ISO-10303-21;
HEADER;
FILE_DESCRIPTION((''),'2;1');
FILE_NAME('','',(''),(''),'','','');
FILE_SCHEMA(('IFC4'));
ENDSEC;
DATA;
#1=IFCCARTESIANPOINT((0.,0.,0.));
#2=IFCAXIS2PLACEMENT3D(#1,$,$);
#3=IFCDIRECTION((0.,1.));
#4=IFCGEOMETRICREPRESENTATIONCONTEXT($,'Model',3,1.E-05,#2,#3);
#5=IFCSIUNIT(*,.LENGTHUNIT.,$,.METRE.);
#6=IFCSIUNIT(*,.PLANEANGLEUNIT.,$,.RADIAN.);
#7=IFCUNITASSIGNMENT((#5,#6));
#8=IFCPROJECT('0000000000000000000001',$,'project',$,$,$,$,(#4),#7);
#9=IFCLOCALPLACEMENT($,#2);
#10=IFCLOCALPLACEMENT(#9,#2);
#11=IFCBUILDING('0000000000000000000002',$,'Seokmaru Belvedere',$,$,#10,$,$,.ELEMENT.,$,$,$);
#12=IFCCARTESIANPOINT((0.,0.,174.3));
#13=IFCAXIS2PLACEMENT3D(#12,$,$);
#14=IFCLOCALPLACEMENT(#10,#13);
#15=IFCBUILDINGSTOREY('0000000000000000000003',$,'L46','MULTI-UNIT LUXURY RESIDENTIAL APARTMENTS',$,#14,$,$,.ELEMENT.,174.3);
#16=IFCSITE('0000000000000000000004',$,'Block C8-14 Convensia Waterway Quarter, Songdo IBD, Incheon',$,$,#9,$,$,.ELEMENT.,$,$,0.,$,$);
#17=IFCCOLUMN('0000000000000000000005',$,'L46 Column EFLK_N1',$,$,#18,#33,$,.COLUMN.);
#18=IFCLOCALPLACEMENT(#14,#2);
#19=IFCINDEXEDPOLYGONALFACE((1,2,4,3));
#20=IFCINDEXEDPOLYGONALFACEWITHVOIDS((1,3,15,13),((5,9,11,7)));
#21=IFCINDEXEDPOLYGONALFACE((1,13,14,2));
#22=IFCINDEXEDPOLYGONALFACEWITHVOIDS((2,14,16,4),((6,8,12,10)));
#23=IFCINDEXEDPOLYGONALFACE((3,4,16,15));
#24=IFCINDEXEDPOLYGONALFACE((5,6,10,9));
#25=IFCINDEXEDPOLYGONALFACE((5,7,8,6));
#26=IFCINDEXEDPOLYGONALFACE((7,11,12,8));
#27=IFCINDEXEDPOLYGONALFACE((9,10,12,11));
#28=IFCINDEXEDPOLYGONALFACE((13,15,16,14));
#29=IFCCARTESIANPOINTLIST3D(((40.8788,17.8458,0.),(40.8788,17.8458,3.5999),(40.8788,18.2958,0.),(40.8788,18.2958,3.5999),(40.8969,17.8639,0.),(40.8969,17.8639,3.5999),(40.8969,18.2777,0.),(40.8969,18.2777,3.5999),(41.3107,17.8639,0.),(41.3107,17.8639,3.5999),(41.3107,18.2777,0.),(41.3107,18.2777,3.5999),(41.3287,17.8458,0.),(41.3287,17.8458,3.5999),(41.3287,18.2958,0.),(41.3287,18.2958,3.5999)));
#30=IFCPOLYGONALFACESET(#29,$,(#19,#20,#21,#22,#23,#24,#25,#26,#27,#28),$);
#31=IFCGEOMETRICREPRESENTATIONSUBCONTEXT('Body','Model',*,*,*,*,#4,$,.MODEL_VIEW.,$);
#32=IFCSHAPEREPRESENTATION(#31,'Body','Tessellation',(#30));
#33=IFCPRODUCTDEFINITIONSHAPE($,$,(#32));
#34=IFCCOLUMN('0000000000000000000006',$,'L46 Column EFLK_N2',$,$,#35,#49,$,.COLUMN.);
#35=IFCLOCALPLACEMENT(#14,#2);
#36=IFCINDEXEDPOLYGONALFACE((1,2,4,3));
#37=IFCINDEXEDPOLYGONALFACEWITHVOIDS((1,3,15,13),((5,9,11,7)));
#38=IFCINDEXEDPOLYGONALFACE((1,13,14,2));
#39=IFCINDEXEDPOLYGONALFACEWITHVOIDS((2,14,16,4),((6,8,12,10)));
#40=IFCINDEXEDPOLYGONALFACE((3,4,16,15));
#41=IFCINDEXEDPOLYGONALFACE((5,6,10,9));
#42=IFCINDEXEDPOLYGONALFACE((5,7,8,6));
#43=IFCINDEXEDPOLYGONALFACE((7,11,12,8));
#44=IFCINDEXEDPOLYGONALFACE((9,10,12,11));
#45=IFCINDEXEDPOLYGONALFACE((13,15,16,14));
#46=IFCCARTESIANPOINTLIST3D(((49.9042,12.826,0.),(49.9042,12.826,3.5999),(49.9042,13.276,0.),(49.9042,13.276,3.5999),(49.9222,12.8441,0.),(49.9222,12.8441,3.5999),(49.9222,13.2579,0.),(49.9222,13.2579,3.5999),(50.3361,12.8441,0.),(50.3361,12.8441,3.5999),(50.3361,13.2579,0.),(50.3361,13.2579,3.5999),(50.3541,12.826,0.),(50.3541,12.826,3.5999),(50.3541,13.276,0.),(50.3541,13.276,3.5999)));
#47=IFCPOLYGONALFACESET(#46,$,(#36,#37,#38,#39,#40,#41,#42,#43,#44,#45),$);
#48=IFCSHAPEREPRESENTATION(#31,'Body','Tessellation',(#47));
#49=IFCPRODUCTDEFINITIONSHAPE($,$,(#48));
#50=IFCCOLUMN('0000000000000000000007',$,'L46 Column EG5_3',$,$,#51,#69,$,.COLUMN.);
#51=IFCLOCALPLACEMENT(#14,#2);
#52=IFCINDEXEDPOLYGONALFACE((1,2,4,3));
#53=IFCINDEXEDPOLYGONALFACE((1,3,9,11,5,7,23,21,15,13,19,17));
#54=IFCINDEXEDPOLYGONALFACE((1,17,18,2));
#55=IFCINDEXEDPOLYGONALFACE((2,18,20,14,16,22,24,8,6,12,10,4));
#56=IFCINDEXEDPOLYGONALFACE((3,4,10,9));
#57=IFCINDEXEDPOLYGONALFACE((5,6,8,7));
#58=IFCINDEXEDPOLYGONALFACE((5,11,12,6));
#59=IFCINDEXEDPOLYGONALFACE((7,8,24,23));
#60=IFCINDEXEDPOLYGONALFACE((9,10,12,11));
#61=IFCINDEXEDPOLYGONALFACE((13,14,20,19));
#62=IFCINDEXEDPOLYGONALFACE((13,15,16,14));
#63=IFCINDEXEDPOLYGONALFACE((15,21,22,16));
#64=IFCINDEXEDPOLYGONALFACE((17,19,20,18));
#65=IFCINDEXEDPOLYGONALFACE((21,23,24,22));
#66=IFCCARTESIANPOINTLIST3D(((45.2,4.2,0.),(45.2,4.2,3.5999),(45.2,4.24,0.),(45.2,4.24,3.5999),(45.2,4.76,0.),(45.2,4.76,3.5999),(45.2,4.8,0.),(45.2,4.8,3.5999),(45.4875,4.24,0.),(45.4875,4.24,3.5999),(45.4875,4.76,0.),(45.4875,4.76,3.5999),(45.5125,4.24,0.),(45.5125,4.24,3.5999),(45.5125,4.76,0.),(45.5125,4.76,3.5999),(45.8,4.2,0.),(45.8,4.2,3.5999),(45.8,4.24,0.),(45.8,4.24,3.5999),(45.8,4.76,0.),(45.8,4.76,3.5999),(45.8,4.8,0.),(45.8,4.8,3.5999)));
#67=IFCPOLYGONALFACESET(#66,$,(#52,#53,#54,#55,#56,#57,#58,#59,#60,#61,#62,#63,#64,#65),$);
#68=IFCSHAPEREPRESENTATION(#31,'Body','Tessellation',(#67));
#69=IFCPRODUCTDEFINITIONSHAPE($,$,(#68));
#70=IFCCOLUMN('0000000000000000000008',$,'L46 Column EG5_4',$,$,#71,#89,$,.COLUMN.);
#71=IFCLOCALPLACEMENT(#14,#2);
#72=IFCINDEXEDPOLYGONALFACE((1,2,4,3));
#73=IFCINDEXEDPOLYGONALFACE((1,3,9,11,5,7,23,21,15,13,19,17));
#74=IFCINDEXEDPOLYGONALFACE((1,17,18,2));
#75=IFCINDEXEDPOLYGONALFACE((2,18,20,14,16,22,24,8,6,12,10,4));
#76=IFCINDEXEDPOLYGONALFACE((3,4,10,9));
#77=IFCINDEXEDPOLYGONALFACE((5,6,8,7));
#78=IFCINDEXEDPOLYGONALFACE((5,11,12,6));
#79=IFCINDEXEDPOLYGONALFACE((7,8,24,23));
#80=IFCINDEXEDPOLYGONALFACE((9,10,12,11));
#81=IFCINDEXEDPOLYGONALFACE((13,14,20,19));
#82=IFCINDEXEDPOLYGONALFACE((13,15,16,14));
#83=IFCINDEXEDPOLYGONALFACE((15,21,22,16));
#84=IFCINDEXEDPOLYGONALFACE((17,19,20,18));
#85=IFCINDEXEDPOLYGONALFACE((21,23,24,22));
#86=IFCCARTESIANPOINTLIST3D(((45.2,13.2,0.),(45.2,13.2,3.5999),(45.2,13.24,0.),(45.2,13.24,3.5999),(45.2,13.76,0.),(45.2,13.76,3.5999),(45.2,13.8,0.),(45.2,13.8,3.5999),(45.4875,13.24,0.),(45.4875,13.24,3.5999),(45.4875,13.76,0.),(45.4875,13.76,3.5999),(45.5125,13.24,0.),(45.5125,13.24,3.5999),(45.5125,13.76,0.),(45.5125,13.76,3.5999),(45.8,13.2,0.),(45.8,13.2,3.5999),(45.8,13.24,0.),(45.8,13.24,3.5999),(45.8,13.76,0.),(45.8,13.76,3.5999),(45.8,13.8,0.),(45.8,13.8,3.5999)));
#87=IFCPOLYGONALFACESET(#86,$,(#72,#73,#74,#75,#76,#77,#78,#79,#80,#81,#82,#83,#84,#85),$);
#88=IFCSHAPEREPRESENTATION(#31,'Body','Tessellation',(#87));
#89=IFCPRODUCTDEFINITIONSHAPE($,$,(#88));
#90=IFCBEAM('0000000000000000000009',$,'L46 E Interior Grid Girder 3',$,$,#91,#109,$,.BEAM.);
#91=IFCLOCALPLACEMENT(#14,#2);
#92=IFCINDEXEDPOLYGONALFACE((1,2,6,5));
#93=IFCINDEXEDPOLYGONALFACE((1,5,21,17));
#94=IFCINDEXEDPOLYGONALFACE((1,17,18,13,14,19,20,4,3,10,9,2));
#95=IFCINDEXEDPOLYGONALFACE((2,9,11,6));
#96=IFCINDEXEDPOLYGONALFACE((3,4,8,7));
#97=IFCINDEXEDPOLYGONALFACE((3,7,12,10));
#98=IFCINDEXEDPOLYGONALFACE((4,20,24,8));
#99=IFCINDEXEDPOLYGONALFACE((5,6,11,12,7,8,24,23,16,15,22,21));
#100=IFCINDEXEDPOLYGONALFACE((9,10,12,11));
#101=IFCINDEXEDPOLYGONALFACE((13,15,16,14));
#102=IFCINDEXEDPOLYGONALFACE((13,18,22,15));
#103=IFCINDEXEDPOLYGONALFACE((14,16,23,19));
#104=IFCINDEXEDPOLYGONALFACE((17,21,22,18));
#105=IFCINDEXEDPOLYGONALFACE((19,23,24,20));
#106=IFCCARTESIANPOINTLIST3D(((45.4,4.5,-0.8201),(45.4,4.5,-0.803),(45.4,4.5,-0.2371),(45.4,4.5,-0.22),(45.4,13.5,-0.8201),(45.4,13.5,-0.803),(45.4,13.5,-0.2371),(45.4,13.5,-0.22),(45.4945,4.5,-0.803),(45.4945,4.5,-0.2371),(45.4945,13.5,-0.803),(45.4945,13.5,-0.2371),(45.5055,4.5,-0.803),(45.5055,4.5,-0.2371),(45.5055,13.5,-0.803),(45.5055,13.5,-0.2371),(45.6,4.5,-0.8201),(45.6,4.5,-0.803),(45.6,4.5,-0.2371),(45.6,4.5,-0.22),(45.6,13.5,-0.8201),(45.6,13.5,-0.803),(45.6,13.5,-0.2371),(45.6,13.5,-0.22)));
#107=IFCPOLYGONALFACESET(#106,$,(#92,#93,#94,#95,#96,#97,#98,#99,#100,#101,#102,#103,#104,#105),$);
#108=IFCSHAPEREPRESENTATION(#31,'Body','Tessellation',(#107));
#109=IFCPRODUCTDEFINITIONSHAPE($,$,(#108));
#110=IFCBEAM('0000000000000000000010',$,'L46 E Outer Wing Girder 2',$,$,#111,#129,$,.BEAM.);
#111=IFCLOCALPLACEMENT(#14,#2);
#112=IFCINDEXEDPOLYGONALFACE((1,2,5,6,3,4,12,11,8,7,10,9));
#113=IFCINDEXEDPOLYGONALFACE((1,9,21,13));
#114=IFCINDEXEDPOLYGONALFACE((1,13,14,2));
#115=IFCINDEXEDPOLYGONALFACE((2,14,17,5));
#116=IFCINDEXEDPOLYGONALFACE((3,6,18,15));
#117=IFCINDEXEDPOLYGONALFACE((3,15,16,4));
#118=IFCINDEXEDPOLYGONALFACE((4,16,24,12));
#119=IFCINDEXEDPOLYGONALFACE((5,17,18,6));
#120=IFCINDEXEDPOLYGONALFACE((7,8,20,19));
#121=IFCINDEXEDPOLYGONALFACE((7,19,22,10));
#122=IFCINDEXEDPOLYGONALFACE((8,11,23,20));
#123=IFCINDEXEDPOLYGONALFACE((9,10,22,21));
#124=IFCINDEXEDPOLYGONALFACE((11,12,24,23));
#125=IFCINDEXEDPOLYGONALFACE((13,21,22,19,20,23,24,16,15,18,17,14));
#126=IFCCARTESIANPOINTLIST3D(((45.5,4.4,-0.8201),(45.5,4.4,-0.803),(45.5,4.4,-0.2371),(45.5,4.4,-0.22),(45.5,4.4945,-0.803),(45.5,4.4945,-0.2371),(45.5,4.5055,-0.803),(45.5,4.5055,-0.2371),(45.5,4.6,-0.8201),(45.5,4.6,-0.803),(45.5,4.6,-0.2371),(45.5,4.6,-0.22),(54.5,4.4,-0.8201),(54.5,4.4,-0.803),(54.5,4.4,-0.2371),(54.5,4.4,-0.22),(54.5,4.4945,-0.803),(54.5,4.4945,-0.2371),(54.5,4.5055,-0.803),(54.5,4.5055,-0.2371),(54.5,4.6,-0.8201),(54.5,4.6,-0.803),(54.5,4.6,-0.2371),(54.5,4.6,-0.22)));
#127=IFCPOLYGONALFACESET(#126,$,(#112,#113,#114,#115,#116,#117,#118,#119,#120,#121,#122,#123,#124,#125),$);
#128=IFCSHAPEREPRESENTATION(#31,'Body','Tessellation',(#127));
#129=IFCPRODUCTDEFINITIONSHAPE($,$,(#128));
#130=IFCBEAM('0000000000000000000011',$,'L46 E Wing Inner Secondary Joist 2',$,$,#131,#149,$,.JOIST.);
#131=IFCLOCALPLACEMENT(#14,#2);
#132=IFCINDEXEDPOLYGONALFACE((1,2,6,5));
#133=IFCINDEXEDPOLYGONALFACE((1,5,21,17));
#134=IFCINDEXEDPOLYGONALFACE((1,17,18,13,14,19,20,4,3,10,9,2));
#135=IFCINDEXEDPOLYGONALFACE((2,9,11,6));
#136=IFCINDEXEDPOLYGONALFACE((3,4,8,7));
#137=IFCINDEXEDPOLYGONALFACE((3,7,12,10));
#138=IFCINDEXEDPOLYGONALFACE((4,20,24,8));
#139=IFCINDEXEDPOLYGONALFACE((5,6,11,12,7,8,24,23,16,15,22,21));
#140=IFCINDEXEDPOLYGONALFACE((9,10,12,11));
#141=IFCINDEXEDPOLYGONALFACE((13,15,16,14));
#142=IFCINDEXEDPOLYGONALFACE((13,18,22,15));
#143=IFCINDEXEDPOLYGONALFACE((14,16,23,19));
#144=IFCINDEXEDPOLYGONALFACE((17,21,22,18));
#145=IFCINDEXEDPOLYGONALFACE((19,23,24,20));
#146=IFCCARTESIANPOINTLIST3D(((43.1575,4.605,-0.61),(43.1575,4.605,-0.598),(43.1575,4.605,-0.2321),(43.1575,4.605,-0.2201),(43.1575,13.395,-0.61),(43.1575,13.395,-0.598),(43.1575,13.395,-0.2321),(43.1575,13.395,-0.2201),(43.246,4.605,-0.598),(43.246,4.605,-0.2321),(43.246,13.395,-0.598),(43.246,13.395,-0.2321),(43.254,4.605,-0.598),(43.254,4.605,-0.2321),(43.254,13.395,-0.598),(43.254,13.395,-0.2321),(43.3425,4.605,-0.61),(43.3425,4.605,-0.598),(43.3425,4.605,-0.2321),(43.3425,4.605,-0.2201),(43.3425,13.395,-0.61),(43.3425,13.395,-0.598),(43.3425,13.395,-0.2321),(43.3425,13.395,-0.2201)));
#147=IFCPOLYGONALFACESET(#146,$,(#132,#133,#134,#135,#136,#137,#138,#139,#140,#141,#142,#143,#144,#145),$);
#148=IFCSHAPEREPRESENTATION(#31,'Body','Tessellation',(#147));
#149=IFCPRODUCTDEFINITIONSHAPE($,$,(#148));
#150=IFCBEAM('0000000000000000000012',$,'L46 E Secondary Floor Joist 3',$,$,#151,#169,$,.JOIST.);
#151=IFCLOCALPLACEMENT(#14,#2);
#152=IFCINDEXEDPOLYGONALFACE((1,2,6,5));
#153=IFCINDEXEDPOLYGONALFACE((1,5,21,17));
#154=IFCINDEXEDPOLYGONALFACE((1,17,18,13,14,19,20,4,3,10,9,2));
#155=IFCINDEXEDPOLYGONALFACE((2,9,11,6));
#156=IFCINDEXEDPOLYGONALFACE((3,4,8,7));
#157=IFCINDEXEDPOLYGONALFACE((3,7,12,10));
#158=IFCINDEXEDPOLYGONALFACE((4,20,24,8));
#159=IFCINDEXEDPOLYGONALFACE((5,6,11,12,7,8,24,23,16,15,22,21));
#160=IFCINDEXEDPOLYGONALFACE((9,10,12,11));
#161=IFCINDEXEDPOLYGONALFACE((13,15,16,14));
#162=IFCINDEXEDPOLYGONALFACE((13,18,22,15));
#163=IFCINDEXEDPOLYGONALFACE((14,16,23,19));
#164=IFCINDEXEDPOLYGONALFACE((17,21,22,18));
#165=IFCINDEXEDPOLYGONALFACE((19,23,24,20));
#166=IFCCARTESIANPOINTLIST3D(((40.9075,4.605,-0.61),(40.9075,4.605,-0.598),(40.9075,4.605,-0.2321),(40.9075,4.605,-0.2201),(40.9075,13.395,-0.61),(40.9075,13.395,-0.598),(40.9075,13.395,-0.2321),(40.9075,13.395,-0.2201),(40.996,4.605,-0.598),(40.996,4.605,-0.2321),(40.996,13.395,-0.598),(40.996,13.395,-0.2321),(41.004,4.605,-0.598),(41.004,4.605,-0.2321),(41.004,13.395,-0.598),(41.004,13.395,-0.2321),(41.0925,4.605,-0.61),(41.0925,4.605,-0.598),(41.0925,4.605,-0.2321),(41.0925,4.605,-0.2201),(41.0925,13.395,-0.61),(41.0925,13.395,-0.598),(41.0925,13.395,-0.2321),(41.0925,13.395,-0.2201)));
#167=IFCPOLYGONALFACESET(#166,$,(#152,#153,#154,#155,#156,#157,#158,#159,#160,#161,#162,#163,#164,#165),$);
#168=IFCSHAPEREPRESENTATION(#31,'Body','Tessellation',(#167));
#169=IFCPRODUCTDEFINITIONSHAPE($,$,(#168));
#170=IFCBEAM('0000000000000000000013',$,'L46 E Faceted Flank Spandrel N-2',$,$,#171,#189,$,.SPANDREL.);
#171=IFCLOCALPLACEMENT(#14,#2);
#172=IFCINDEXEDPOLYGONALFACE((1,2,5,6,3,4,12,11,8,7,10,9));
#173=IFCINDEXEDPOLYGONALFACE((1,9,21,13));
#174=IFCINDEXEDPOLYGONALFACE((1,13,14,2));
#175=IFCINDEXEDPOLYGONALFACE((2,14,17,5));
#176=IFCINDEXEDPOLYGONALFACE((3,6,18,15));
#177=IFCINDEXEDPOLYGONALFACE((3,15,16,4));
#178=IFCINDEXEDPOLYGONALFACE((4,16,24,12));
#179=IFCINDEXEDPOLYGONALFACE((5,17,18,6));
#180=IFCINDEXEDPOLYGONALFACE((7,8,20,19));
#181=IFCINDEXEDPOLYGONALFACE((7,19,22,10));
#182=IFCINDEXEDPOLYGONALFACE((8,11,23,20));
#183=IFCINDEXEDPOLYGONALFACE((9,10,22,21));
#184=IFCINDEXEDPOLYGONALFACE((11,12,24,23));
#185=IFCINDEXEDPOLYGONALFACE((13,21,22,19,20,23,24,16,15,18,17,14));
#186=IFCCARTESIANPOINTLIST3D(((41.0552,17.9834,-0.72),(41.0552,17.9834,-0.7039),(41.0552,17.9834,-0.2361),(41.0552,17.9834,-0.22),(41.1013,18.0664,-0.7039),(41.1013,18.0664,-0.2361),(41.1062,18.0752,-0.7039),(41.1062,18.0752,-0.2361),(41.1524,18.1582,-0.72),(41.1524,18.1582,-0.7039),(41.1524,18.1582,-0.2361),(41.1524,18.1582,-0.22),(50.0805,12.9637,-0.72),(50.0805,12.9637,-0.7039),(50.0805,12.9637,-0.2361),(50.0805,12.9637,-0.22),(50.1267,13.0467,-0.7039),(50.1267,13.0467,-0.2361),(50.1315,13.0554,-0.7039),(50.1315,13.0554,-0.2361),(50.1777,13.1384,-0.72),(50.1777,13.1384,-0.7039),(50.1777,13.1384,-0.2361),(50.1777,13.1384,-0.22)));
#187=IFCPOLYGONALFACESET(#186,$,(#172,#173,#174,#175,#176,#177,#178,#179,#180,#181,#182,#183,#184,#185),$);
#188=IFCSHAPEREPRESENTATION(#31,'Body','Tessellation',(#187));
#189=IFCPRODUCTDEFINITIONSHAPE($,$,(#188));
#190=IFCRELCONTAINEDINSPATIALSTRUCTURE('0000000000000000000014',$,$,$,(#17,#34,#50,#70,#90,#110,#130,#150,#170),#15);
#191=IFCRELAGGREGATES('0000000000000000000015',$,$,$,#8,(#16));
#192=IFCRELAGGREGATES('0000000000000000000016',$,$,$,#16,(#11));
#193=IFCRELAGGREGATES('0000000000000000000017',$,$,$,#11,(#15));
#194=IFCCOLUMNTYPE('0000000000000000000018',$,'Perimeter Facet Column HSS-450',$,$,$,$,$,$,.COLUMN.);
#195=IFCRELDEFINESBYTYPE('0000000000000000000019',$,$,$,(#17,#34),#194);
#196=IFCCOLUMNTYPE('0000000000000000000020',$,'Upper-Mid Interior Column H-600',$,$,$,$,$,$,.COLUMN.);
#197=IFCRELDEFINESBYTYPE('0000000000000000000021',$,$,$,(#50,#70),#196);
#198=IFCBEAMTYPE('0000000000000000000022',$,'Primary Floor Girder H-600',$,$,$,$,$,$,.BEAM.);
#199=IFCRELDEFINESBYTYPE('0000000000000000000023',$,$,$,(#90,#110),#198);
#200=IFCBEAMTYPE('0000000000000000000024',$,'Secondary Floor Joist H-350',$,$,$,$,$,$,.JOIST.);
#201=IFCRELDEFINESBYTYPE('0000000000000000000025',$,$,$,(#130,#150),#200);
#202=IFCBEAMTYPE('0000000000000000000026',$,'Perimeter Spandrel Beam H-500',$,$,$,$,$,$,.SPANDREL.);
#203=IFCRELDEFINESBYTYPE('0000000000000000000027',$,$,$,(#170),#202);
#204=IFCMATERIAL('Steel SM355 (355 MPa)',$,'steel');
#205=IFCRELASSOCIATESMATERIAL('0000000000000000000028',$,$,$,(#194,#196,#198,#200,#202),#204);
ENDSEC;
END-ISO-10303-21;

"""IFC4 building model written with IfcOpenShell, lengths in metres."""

from ifc_helpers import new_model, si_unit, direction, frame, origin, origin_2d, place, context, subcontext, project, spatial, hollow_rectangle, i_section, extrude, source, transform, mapped, material, material_profile, profile_set, type_object, type_shapes, element, save


model = new_model("IFC4")

# Units and contexts
model_context = context("Model", 3, precision=1e-05, world=origin(), true_north=direction((0.0, 1.0)))
body_context = subcontext(model_context, "Body", "Model", "MODEL_VIEW")
ifc_project = project(units=[si_unit("LENGTHUNIT", "METRE"), si_unit("PLANEANGLEUNIT", "RADIAN")], contexts=[model_context])

# Site, building, storey
site_placement = place(None, origin())
site = spatial("IfcSite", under=ifc_project, at=site_placement, Name="Block C8-14 Convensia Waterway Quarter, Songdo IBD, Incheon", CompositionType="ELEMENT", RefElevation=0.0)
building_placement = place(site_placement, origin())
building = spatial("IfcBuilding", under=site, at=building_placement, Name="Seokmaru Belvedere", CompositionType="ELEMENT")
storey_placement = place(building_placement, frame((0.0, 0.0, 174.3)))
storey = spatial("IfcBuildingStorey", under=building, at=storey_placement, Name="L46", Description="MULTI-UNIT LUXURY RESIDENTIAL APARTMENTS", CompositionType="ELEMENT", Elevation=174.3)

# Columns
ifc_material_1 = material(Name="Steel SM355 (355 MPa)", Category="steel")
ifc_material_profile_1 = material_profile(ifc_material_1, hollow_rectangle(XDim=0.45, YDim=0.45, WallThickness=0.0181, at=origin_2d()), Name="HSS-450x450x18")
ifc_profile_set_1 = profile_set([ifc_material_profile_1], Name="Steel SM355 (355 MPa)")
column_type_1 = type_object("IfcColumnType", Name="Perimeter Facet Column HSS-450", PredefinedType="COLUMN", material=ifc_profile_set_1)
shared_shape_1 = source(origin(), body_context, "Body", "SweptSolid", [
    extrude(hollow_rectangle(XDim=0.45, YDim=0.45, WallThickness=0.0181, at=origin_2d()), origin(), (0.0, 0.0, 1.0), 3.5999),
])
type_shapes(column_type_1, [shared_shape_1])
for number, where, z_axis, x_axis, name in (
    (1, (41.1038, 18.0708, 0.0), (0.0, 0.0, 1.0), (1.0, 0.0, 0.0), "L46 Column EFLK_N1"),
    (2, (50.1292, 13.051, 0.0), (0.0, 0.0, 1.0), (1.0, 0.0, 0.0), "L46 Column EFLK_N2"),
):
    element("IfcColumn", number, at=place(storey_placement, frame(where, z_axis=z_axis, x_axis=x_axis)), inside=storey, type_object=column_type_1, Name=name, PredefinedType="COLUMN", context=body_context, shape_type="MappedRepresentation", body=[
        mapped(shared_shape_1, transform((0.0, 0.0, 0.0), scale=1.0)),
    ])
ifc_material_profile_2 = material_profile(ifc_material_1, i_section(OverallWidth=0.6001, OverallDepth=0.6001, WebThickness=0.0249, FlangeThickness=0.04, at=origin_2d()), Name="H-600x600x25x40")
ifc_profile_set_2 = profile_set([ifc_material_profile_2], Name="Steel SM355 (355 MPa)")
column_type_2 = type_object("IfcColumnType", Name="Upper-Mid Interior Column H-600", PredefinedType="COLUMN", material=ifc_profile_set_2)
shared_shape_2 = source(origin(), body_context, "Body", "SweptSolid", [
    extrude(i_section(OverallWidth=0.6001, OverallDepth=0.6001, WebThickness=0.0249, FlangeThickness=0.04, at=origin_2d()), origin(), (0.0, 0.0, 1.0), 3.5999),
])
type_shapes(column_type_2, [shared_shape_2])
for number, where, z_axis, x_axis, name in (
    (3, (45.5, 4.5, 0.0), (0.0, 0.0, 1.0), (1.0, 0.0, 0.0), "L46 Column EG5_3"),
    (4, (45.5, 13.5, 0.0), (0.0, 0.0, 1.0), (1.0, 0.0, 0.0), "L46 Column EG5_4"),
):
    element("IfcColumn", number, at=place(storey_placement, frame(where, z_axis=z_axis, x_axis=x_axis)), inside=storey, type_object=column_type_2, Name=name, PredefinedType="COLUMN", context=body_context, shape_type="MappedRepresentation", body=[
        mapped(shared_shape_2, transform((0.0, 0.0, 0.0), scale=1.0)),
    ])

# Beams
ifc_material_profile_3 = material_profile(ifc_material_1, i_section(OverallWidth=0.2, OverallDepth=0.6001, WebThickness=0.011, FlangeThickness=0.0171, at=origin_2d()), Name="H-600x200x11x17")
ifc_profile_set_3 = profile_set([ifc_material_profile_3], Name="Steel SM355 (355 MPa)")
beam_type_1 = type_object("IfcBeamType", Name="Primary Floor Girder H-600", PredefinedType="BEAM", material=ifc_profile_set_3)
shared_shape_3 = source(origin(), body_context, "Body", "SweptSolid", [
    extrude(i_section(OverallWidth=0.2, OverallDepth=0.6001, WebThickness=0.011, FlangeThickness=0.0171, at=origin_2d()), origin(), (0.0, 0.0, 1.0), 9.0),
])
for number, where, z_axis, x_axis, name in (
    (5, (45.5, 4.5, -0.52), (0.0, 1.0, 0.0), (-1.0, 0.0, 0.0), "L46 E Interior Grid Girder 3"),
    (6, (45.5, 4.5, -0.52), (1.0, 0.0, 0.0), (0.0, 1.0, 0.0), "L46 E Outer Wing Girder 2"),
):
    element("IfcBeam", number, at=place(storey_placement, frame(where, z_axis=z_axis, x_axis=x_axis)), inside=storey, type_object=beam_type_1, Name=name, PredefinedType="BEAM", context=body_context, shape_type="MappedRepresentation", body=[
        mapped(shared_shape_3, transform((0.0, 0.0, 0.0), scale=1.0)),
    ])
ifc_material_profile_4 = material_profile(ifc_material_1, i_section(OverallWidth=0.1851, OverallDepth=0.3899, WebThickness=0.0081, FlangeThickness=0.012, at=origin_2d()), Name="H-390x185x8x12")
ifc_profile_set_4 = profile_set([ifc_material_profile_4], Name="Steel SM355 (355 MPa)")
beam_type_2 = type_object("IfcBeamType", Name="Secondary Floor Joist H-350", PredefinedType="JOIST", material=ifc_profile_set_4)
shared_shape_4 = source(origin(), body_context, "Body", "SweptSolid", [
    extrude(i_section(OverallWidth=0.1851, OverallDepth=0.3899, WebThickness=0.0081, FlangeThickness=0.012, at=origin_2d()), origin(), (0.0, 0.0, 1.0), 8.79),
])
type_shapes(beam_type_2, [shared_shape_4])
for number, where, z_axis, x_axis, name in (
    (7, (43.25, 4.605, -0.415), (0.0, 1.0, 0.0), (-1.0, 0.0, 0.0), "L46 E Wing Inner Secondary Joist 2"),
    (8, (41.0, 4.605, -0.415), (0.0, 1.0, 0.0), (-1.0, 0.0, 0.0), "L46 E Secondary Floor Joist 3"),
):
    element("IfcBeam", number, at=place(storey_placement, frame(where, z_axis=z_axis, x_axis=x_axis)), inside=storey, type_object=beam_type_2, Name=name, PredefinedType="JOIST", context=body_context, shape_type="MappedRepresentation", body=[
        mapped(shared_shape_4, transform((0.0, 0.0, 0.0), scale=1.0)),
    ])
ifc_material_profile_5 = material_profile(ifc_material_1, i_section(OverallWidth=0.2, OverallDepth=0.5, WebThickness=0.01, FlangeThickness=0.0161, at=origin_2d()), Name="H-500x200x10x16")
ifc_profile_set_5 = profile_set([ifc_material_profile_5], Name="Steel SM355 (355 MPa)")
beam_type_3 = type_object("IfcBeamType", Name="Perimeter Spandrel Beam H-500", PredefinedType="SPANDREL", material=ifc_profile_set_5)
shared_shape_5 = source(origin(), body_context, "Body", "SweptSolid", [
    extrude(i_section(OverallWidth=0.2, OverallDepth=0.5, WebThickness=0.01, FlangeThickness=0.0161, at=origin_2d()), origin(), (0.0, 0.0, 1.0), 10.3274),
])
type_shapes(beam_type_3, [shared_shape_5])
for number, where, z_axis, x_axis, name in (
    (9, (41.1038, 18.0708, -0.47), (0.873924, -0.486062, 0.0), (0.486062, 0.873924, 0.0), "L46 E Faceted Flank Spandrel N-2"),
):
    element("IfcBeam", number, at=place(storey_placement, frame(where, z_axis=z_axis, x_axis=x_axis)), inside=storey, type_object=beam_type_3, Name=name, PredefinedType="SPANDREL", context=body_context, shape_type="MappedRepresentation", body=[
        mapped(shared_shape_5, transform((0.0, 0.0, 0.0), scale=1.0)),
    ])

save(model, "model.ifc")
